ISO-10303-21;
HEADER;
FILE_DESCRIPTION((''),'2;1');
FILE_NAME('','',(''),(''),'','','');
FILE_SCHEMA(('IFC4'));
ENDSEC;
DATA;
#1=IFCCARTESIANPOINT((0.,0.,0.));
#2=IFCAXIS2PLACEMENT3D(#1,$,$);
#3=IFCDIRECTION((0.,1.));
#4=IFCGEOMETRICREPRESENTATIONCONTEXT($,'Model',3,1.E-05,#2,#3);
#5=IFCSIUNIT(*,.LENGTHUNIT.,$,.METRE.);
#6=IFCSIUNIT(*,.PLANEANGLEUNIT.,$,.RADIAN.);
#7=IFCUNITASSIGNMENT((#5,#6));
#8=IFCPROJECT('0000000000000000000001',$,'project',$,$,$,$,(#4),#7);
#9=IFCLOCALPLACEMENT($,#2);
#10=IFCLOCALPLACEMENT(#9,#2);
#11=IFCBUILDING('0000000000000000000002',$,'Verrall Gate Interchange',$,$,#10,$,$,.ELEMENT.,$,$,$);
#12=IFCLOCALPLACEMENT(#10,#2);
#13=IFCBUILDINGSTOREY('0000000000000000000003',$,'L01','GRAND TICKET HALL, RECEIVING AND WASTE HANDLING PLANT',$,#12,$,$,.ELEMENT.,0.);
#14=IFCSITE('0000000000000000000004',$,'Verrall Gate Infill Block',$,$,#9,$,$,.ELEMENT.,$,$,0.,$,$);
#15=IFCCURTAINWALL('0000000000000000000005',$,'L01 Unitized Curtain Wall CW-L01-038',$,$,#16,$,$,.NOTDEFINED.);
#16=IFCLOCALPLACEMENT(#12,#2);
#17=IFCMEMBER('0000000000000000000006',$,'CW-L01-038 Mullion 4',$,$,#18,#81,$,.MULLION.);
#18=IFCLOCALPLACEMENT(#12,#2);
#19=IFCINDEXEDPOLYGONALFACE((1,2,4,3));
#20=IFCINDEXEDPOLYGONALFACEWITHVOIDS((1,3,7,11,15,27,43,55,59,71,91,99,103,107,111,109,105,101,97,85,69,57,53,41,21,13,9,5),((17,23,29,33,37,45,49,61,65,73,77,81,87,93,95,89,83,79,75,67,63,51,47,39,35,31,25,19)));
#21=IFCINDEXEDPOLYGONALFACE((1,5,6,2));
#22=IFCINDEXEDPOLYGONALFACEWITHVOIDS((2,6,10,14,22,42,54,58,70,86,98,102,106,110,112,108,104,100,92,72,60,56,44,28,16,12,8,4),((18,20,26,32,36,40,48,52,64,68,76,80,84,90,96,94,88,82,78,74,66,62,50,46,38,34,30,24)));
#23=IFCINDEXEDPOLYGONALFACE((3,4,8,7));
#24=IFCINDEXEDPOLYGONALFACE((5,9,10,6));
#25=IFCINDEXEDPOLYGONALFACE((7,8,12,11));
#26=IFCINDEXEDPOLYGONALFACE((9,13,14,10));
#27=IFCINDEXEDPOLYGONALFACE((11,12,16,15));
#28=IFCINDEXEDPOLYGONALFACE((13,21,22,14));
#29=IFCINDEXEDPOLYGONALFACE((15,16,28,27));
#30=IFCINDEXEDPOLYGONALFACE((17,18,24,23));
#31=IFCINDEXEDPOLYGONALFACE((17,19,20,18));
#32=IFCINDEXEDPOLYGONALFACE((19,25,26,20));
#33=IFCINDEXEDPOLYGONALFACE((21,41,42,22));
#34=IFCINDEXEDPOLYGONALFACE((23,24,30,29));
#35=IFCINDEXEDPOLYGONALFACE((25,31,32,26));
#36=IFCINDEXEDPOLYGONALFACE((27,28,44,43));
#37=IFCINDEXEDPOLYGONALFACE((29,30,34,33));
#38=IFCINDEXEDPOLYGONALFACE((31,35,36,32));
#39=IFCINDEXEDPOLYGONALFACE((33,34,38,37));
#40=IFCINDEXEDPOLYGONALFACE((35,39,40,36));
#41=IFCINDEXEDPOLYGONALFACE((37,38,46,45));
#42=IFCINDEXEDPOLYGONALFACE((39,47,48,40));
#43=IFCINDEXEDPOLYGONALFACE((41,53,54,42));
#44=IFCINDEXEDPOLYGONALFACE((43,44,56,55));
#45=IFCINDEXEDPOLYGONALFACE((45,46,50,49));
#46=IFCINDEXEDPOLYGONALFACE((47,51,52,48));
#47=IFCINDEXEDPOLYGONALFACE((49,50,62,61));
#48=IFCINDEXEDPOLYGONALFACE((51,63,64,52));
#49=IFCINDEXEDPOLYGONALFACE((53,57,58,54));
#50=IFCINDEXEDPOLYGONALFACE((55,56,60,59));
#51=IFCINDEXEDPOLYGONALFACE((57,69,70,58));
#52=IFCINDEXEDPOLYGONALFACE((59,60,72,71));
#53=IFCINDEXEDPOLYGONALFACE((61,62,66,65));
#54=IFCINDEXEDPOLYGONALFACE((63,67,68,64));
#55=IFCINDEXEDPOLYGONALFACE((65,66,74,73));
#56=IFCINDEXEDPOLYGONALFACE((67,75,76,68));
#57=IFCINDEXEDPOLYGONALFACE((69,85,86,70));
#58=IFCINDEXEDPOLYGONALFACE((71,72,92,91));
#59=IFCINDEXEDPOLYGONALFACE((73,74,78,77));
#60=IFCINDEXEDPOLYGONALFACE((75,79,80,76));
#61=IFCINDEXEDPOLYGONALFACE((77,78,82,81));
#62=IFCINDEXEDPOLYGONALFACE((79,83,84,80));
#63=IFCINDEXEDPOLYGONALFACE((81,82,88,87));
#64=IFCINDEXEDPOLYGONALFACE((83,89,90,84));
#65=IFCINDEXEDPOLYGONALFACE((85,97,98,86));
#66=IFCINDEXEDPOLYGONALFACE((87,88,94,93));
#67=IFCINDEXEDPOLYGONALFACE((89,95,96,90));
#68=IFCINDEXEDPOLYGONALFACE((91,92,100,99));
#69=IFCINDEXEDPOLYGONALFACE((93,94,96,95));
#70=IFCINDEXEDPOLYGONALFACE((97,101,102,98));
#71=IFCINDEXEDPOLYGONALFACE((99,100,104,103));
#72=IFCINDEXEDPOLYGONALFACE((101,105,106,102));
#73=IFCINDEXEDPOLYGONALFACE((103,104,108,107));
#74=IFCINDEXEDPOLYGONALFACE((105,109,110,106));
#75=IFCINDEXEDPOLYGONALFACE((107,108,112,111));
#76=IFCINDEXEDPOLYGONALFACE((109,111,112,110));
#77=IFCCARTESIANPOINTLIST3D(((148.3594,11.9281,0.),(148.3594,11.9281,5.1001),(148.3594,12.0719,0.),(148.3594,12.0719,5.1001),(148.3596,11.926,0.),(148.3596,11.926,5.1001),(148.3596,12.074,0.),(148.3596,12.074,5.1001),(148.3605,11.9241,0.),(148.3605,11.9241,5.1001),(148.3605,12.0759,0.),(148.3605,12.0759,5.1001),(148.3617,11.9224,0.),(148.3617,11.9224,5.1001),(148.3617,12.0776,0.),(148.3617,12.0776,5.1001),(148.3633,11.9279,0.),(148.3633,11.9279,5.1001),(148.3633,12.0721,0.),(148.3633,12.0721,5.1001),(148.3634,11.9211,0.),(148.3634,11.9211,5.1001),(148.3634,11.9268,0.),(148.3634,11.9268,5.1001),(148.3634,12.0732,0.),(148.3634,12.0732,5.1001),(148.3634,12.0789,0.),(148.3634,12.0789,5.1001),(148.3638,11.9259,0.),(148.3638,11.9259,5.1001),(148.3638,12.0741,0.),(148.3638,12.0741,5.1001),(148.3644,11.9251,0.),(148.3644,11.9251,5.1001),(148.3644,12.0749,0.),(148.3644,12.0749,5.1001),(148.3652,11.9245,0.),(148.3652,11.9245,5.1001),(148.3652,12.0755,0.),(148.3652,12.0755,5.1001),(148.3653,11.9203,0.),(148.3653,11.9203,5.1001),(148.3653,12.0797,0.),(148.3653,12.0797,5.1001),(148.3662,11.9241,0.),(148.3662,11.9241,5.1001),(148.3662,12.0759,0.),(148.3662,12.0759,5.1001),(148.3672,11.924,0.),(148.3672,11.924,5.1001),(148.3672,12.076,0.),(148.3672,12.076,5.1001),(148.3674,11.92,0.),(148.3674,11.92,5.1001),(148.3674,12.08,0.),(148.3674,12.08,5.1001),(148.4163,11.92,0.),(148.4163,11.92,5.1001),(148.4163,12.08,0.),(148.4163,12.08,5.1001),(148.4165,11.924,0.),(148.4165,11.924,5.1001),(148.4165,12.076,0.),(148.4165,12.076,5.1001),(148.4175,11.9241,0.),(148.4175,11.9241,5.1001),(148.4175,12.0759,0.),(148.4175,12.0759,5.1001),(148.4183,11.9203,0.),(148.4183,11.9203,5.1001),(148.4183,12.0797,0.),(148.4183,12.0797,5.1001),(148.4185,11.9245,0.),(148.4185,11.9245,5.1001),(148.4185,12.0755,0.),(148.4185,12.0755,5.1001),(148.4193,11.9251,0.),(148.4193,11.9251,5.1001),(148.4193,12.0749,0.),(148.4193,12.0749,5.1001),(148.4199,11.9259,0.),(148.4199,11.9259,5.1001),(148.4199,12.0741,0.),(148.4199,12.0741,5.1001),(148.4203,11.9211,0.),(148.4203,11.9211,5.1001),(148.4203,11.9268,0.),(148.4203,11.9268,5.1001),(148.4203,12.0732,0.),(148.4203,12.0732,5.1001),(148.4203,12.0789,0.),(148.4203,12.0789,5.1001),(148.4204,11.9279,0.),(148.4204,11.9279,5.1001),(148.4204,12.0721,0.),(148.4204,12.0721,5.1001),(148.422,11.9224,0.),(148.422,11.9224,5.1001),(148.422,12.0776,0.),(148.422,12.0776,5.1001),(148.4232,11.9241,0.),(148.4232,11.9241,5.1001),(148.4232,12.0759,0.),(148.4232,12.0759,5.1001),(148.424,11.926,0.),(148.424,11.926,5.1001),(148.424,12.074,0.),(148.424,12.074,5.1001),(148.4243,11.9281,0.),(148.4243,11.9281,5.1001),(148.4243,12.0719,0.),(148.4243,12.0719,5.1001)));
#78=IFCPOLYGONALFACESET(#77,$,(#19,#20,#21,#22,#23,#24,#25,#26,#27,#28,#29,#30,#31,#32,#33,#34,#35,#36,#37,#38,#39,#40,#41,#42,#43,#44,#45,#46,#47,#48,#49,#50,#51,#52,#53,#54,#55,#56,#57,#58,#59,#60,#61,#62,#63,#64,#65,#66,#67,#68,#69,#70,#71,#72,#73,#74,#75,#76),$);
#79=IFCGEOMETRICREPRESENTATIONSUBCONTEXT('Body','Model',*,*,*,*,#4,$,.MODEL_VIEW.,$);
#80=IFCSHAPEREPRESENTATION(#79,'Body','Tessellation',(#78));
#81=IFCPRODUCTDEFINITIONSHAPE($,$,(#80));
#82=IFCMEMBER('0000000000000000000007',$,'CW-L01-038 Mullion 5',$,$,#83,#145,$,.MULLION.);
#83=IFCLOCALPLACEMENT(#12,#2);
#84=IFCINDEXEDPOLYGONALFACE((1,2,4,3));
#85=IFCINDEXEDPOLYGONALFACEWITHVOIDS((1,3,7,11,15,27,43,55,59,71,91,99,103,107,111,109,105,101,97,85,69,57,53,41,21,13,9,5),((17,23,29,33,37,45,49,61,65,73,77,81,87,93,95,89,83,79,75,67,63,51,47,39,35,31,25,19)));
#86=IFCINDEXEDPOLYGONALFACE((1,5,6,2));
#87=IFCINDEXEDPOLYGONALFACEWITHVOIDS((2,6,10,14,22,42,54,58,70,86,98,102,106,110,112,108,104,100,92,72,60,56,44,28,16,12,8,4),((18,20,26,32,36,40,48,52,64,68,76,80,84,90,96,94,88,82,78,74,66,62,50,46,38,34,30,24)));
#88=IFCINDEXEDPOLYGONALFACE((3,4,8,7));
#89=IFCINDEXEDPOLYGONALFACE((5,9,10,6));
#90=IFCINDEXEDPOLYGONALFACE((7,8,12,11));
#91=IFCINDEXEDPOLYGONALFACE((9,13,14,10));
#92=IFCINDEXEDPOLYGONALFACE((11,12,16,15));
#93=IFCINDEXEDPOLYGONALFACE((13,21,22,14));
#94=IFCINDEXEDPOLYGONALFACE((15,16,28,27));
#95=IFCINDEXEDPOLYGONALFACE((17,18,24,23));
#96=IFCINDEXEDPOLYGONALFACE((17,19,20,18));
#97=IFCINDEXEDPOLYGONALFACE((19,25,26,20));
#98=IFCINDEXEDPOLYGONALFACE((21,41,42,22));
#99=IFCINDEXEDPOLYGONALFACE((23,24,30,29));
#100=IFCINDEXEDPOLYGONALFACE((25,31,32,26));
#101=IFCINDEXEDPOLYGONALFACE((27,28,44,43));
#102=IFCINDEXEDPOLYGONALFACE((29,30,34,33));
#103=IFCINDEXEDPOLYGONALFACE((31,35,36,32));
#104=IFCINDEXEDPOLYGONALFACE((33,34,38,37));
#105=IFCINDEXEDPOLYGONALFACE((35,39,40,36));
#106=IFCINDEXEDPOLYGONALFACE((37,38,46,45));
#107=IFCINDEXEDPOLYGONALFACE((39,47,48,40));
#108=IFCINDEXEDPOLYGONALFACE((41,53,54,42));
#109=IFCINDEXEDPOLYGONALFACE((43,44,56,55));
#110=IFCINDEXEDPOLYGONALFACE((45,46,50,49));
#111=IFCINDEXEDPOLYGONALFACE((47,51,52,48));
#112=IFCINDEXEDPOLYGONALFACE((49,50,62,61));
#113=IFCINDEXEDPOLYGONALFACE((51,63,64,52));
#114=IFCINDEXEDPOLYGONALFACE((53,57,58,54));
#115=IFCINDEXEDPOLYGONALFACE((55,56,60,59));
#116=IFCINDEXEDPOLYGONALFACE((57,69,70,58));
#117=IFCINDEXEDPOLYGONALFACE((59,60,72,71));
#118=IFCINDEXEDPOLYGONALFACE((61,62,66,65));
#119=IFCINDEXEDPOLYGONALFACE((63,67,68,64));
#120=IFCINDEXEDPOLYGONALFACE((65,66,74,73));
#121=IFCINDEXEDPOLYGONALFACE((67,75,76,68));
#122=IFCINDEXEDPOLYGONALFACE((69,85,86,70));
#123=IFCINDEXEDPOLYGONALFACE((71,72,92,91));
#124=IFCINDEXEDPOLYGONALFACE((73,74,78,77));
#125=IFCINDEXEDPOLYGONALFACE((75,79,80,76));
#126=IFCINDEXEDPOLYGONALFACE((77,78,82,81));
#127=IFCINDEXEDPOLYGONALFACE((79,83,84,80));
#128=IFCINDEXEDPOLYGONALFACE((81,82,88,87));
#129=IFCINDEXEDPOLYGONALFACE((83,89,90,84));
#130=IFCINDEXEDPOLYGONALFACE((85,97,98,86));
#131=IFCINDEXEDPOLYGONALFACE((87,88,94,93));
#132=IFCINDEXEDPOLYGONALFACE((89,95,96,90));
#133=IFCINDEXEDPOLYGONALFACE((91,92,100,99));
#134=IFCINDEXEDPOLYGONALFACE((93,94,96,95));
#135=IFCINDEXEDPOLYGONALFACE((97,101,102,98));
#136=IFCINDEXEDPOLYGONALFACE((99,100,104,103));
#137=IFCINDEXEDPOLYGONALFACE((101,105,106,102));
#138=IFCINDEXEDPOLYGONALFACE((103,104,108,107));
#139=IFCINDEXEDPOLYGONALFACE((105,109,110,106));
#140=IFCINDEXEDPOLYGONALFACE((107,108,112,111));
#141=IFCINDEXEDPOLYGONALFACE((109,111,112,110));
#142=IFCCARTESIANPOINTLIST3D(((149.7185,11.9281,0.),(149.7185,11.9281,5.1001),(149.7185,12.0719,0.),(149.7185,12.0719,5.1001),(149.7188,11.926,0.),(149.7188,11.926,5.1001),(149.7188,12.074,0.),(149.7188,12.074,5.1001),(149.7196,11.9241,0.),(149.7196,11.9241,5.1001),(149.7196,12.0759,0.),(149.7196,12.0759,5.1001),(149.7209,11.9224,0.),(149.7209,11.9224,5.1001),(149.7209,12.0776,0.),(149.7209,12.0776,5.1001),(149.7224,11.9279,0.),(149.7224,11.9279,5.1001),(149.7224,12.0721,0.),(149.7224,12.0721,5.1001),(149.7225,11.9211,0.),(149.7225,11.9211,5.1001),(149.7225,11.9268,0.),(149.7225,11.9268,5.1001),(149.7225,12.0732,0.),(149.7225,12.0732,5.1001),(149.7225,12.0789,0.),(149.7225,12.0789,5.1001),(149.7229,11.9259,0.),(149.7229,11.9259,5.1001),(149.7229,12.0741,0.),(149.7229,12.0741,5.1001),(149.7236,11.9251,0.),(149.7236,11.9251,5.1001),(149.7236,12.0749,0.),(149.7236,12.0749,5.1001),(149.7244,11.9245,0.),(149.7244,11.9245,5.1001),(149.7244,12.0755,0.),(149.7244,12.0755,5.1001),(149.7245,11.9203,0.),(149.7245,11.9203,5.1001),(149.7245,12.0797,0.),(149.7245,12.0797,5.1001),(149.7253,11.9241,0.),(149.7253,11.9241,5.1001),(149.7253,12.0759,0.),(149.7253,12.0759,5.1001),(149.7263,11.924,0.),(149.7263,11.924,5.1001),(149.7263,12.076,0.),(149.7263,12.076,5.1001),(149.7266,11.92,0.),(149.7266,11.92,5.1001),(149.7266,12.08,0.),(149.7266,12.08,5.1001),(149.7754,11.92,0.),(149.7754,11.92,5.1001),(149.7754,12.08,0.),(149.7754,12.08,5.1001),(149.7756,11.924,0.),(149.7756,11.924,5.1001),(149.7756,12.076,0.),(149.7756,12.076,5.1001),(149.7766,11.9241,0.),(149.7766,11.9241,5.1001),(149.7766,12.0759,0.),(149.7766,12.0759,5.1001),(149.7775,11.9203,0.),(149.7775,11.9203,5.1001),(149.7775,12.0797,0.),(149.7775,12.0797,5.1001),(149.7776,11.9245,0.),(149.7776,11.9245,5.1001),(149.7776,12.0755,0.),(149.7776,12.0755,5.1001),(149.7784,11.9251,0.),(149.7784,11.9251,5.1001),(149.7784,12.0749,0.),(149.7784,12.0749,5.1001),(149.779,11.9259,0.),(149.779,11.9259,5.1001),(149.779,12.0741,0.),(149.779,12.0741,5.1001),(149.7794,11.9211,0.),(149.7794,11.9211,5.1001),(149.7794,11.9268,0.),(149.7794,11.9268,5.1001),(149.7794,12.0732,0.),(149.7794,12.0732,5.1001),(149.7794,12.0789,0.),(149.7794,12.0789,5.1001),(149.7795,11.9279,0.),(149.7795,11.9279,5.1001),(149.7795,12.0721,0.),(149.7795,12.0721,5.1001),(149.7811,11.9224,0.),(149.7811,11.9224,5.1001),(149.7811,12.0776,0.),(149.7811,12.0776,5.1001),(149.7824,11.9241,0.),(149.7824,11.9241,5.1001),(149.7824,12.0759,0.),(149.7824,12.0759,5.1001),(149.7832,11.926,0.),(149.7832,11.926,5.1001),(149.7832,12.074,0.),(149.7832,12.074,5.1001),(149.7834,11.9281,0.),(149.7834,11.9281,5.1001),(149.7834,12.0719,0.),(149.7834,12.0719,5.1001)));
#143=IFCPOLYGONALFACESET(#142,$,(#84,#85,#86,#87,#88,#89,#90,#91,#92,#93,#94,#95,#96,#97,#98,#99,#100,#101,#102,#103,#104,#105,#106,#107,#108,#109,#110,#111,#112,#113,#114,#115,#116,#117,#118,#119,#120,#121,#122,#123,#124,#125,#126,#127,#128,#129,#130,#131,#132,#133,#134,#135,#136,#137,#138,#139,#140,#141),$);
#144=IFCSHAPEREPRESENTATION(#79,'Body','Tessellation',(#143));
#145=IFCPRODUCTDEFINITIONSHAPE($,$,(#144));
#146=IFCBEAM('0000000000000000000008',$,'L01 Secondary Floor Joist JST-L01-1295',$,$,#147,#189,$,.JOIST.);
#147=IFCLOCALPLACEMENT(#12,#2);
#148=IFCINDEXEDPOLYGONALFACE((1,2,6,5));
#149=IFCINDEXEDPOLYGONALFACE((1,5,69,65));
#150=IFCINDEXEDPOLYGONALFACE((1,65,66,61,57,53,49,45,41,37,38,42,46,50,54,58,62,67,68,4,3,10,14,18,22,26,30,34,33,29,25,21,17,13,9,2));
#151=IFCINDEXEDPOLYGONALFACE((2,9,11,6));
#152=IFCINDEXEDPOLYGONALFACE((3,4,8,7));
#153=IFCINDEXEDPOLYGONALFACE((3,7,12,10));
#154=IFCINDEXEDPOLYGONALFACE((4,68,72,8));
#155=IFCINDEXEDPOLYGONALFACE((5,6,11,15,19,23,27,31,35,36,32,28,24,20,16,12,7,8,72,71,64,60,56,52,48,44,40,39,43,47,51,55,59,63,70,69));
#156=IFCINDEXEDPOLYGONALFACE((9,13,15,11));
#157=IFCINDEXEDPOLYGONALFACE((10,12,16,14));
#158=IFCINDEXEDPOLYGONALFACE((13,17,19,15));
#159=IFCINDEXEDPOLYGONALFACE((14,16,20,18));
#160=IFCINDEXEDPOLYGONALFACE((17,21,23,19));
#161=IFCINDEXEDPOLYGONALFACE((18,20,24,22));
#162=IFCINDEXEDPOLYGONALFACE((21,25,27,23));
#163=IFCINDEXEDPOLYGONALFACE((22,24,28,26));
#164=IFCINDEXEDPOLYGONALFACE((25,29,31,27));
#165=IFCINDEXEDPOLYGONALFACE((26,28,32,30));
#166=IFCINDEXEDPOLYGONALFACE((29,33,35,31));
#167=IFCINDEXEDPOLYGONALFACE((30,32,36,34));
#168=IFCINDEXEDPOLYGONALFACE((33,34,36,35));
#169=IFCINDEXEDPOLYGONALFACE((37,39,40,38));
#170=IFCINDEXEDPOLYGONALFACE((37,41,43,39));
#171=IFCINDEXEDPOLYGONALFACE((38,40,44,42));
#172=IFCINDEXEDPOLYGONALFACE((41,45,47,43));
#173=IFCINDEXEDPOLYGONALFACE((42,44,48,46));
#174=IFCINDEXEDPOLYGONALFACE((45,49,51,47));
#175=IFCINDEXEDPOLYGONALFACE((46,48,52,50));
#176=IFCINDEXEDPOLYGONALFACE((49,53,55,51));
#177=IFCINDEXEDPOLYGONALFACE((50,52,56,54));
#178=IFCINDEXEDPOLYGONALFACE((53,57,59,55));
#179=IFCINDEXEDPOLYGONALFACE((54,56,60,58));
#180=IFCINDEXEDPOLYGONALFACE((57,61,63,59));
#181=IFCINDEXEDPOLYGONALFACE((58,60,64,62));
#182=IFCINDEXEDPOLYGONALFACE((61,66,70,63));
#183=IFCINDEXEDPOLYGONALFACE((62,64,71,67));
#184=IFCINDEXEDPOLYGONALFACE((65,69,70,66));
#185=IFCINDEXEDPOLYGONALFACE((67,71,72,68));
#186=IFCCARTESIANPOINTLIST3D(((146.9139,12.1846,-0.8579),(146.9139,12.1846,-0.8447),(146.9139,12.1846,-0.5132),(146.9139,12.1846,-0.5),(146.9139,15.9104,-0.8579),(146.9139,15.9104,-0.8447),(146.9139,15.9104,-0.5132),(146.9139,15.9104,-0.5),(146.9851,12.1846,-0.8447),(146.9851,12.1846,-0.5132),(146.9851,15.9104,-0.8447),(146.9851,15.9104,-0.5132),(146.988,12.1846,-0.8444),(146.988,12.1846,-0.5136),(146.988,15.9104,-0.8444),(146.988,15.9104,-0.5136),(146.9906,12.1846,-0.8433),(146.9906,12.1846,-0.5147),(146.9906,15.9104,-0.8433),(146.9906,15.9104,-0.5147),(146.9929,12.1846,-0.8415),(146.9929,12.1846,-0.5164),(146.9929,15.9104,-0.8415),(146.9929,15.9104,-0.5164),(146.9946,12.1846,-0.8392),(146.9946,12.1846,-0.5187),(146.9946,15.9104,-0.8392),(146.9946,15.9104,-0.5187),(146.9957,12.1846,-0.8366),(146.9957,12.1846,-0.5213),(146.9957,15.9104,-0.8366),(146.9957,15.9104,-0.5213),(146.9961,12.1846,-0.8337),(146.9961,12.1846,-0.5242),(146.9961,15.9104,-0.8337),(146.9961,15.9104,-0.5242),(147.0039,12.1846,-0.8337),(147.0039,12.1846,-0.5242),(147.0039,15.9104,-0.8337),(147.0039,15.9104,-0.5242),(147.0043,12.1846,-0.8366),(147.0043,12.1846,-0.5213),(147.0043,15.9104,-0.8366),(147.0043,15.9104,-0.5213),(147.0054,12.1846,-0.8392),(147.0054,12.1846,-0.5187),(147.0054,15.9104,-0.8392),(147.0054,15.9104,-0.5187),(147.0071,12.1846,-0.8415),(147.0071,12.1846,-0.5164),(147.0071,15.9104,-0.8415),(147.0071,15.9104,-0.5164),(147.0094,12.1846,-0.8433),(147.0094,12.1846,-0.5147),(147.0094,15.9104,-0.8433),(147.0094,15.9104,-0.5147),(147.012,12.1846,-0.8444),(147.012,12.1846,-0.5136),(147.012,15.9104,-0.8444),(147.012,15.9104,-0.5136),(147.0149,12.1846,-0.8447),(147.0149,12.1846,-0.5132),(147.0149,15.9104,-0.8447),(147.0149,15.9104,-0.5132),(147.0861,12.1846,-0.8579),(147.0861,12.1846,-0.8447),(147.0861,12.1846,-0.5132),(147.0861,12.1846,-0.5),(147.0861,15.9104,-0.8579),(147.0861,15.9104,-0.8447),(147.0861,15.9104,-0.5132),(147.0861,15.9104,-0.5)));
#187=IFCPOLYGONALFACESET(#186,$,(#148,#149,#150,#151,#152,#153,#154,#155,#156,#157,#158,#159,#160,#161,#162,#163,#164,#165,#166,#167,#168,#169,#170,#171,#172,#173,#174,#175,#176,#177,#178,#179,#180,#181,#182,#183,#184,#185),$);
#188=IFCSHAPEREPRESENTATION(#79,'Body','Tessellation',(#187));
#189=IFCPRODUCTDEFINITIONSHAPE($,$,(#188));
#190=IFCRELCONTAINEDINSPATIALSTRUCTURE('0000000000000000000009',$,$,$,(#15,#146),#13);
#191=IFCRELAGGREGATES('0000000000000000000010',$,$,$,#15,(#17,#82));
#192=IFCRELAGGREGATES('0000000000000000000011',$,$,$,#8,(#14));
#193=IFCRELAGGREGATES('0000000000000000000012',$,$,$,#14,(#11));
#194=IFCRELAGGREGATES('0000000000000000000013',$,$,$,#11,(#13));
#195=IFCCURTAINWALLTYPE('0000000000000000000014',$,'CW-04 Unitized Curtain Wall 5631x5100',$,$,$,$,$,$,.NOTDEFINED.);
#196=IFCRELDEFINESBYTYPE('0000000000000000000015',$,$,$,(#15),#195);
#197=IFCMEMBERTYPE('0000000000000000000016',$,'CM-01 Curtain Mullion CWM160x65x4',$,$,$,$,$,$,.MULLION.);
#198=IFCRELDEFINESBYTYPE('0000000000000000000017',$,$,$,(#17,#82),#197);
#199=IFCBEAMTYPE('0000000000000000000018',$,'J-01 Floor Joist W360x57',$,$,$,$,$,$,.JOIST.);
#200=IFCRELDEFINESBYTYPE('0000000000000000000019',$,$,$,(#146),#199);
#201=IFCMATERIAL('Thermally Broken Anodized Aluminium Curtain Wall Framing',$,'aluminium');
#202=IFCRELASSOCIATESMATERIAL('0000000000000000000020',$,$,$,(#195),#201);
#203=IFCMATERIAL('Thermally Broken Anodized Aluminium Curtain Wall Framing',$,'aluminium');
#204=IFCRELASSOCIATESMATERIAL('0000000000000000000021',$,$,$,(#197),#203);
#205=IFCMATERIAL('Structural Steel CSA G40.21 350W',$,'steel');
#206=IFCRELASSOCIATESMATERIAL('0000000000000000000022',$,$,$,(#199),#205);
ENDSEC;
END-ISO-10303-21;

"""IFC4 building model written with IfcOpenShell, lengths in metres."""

from ifc_helpers import new_model, si_unit, direction, frame, origin, origin_2d, place, context, subcontext, project, spatial, hollow_rectangle, i_section, extrude, material, material_profile, profile_set, type_object, element, aggregate, save


model = new_model("IFC4")

# Units and contexts
model_context = context("Model", 3, precision=1e-05, world=origin(), true_north=direction((0.0, 1.0)))
body_context = subcontext(model_context, "Body", "Model", "MODEL_VIEW")
ifc_project = project(units=[si_unit("LENGTHUNIT", "METRE"), si_unit("PLANEANGLEUNIT", "RADIAN")], contexts=[model_context])

# Site, building, storey
site_placement = place(None, origin())
site = spatial("IfcSite", under=ifc_project, at=site_placement, Name="Verrall Gate Infill Block", CompositionType="ELEMENT", RefElevation=0.0)
building_placement = place(site_placement, origin())
building = spatial("IfcBuilding", under=site, at=building_placement, Name="Verrall Gate Interchange", CompositionType="ELEMENT")
storey_placement = place(building_placement, origin())
storey = spatial("IfcBuildingStorey", under=building, at=storey_placement, Name="L01", Description="GRAND TICKET HALL, RECEIVING AND WASTE HANDLING PLANT", CompositionType="ELEMENT", Elevation=0.0)

# Curtain wall, members
ifc_material_1 = material(Name="Thermally Broken Anodized Aluminium Curtain Wall Framing", Category="aluminium")
curtain_wall_type = type_object("IfcCurtainWallType", Name="CW-04 Unitized Curtain Wall 5631x5100", PredefinedType="NOTDEFINED", material=ifc_material_1)
curtain_wall_placement = place(storey_placement, origin())
curtain_wall = element("IfcCurtainWall", 1, at=curtain_wall_placement, inside=storey, type_object=curtain_wall_type, Name="L01 Unitized Curtain Wall CW-L01-038", PredefinedType="NOTDEFINED")
ifc_material_2 = material(Name="Thermally Broken Anodized Aluminium Curtain Wall Framing", Category="aluminium")
ifc_material_profile_1 = material_profile(ifc_material_2, hollow_rectangle(XDim=0.0649, YDim=0.1599, WallThickness=0.0039, InnerFilletRadius=0.0039, OuterFilletRadius=0.0081, at=origin_2d()), Name="CWM160x65x4")
ifc_profile_set_1 = profile_set([ifc_material_profile_1], Name="Thermally Broken Anodized Aluminium Curtain Wall Framing")
member_type = type_object("IfcMemberType", Name="CM-01 Curtain Mullion CWM160x65x4", PredefinedType="MULLION", material=ifc_profile_set_1)
member_1_placement = place(storey_placement, frame((148.3918, 12.0, 0.0), z_axis=(0.0, 0.0, 1.0), x_axis=(1.0, 0.0, 0.0)))
member_1 = element("IfcMember", 2, at=member_1_placement, type_object=member_type, Name="CW-L01-038 Mullion 4", PredefinedType="MULLION", context=body_context, shape_type="SweptSolid", body=[
    extrude(hollow_rectangle(XDim=0.0649, YDim=0.1599, WallThickness=0.0039, InnerFilletRadius=0.0039, OuterFilletRadius=0.0081, at=origin_2d()), origin(), (0.0, 0.0, 1.0), 5.1001),
])
member_2_placement = place(storey_placement, frame((149.751, 12.0, 0.0), z_axis=(0.0, 0.0, 1.0), x_axis=(1.0, 0.0, 0.0)))
member_2 = element("IfcMember", 3, at=member_2_placement, type_object=member_type, Name="CW-L01-038 Mullion 5", PredefinedType="MULLION", context=body_context, shape_type="SweptSolid", body=[
    extrude(hollow_rectangle(XDim=0.0649, YDim=0.1599, WallThickness=0.0039, InnerFilletRadius=0.0039, OuterFilletRadius=0.0081, at=origin_2d()), origin(), (0.0, 0.0, 1.0), 5.1001),
])

# Beam
ifc_material_3 = material(Name="Structural Steel CSA G40.21 350W", Category="steel")
ifc_material_profile_2 = material_profile(ifc_material_3, i_section(OverallWidth=0.1721, OverallDepth=0.3579, WebThickness=0.0078, FlangeThickness=0.0132, FilletRadius=0.011, at=origin_2d()), Name="W360x57")
ifc_profile_set_2 = profile_set([ifc_material_profile_2], Name="Structural Steel CSA G40.21 350W")
beam_type_1 = type_object("IfcBeamType", Name="J-01 Floor Joist W360x57", PredefinedType="JOIST", material=ifc_profile_set_2)
beam_1_placement = place(storey_placement, frame((147.0, 12.1846, -0.679), z_axis=(0.0, 1.0, 0.0), x_axis=(-1.0, 0.0, 0.0)))
element("IfcBeam", 4, at=beam_1_placement, inside=storey, type_object=beam_type_1, Name="L01 Secondary Floor Joist JST-L01-1295", PredefinedType="JOIST", context=body_context, shape_type="SweptSolid", body=[
    extrude(i_section(OverallWidth=0.1721, OverallDepth=0.3579, WebThickness=0.0078, FlangeThickness=0.0132, FilletRadius=0.011, at=origin_2d()), origin(), (0.0, 0.0, 1.0), 3.7258),
])

aggregate(curtain_wall, [member_1, member_2])

save(model, "model.ifc")
